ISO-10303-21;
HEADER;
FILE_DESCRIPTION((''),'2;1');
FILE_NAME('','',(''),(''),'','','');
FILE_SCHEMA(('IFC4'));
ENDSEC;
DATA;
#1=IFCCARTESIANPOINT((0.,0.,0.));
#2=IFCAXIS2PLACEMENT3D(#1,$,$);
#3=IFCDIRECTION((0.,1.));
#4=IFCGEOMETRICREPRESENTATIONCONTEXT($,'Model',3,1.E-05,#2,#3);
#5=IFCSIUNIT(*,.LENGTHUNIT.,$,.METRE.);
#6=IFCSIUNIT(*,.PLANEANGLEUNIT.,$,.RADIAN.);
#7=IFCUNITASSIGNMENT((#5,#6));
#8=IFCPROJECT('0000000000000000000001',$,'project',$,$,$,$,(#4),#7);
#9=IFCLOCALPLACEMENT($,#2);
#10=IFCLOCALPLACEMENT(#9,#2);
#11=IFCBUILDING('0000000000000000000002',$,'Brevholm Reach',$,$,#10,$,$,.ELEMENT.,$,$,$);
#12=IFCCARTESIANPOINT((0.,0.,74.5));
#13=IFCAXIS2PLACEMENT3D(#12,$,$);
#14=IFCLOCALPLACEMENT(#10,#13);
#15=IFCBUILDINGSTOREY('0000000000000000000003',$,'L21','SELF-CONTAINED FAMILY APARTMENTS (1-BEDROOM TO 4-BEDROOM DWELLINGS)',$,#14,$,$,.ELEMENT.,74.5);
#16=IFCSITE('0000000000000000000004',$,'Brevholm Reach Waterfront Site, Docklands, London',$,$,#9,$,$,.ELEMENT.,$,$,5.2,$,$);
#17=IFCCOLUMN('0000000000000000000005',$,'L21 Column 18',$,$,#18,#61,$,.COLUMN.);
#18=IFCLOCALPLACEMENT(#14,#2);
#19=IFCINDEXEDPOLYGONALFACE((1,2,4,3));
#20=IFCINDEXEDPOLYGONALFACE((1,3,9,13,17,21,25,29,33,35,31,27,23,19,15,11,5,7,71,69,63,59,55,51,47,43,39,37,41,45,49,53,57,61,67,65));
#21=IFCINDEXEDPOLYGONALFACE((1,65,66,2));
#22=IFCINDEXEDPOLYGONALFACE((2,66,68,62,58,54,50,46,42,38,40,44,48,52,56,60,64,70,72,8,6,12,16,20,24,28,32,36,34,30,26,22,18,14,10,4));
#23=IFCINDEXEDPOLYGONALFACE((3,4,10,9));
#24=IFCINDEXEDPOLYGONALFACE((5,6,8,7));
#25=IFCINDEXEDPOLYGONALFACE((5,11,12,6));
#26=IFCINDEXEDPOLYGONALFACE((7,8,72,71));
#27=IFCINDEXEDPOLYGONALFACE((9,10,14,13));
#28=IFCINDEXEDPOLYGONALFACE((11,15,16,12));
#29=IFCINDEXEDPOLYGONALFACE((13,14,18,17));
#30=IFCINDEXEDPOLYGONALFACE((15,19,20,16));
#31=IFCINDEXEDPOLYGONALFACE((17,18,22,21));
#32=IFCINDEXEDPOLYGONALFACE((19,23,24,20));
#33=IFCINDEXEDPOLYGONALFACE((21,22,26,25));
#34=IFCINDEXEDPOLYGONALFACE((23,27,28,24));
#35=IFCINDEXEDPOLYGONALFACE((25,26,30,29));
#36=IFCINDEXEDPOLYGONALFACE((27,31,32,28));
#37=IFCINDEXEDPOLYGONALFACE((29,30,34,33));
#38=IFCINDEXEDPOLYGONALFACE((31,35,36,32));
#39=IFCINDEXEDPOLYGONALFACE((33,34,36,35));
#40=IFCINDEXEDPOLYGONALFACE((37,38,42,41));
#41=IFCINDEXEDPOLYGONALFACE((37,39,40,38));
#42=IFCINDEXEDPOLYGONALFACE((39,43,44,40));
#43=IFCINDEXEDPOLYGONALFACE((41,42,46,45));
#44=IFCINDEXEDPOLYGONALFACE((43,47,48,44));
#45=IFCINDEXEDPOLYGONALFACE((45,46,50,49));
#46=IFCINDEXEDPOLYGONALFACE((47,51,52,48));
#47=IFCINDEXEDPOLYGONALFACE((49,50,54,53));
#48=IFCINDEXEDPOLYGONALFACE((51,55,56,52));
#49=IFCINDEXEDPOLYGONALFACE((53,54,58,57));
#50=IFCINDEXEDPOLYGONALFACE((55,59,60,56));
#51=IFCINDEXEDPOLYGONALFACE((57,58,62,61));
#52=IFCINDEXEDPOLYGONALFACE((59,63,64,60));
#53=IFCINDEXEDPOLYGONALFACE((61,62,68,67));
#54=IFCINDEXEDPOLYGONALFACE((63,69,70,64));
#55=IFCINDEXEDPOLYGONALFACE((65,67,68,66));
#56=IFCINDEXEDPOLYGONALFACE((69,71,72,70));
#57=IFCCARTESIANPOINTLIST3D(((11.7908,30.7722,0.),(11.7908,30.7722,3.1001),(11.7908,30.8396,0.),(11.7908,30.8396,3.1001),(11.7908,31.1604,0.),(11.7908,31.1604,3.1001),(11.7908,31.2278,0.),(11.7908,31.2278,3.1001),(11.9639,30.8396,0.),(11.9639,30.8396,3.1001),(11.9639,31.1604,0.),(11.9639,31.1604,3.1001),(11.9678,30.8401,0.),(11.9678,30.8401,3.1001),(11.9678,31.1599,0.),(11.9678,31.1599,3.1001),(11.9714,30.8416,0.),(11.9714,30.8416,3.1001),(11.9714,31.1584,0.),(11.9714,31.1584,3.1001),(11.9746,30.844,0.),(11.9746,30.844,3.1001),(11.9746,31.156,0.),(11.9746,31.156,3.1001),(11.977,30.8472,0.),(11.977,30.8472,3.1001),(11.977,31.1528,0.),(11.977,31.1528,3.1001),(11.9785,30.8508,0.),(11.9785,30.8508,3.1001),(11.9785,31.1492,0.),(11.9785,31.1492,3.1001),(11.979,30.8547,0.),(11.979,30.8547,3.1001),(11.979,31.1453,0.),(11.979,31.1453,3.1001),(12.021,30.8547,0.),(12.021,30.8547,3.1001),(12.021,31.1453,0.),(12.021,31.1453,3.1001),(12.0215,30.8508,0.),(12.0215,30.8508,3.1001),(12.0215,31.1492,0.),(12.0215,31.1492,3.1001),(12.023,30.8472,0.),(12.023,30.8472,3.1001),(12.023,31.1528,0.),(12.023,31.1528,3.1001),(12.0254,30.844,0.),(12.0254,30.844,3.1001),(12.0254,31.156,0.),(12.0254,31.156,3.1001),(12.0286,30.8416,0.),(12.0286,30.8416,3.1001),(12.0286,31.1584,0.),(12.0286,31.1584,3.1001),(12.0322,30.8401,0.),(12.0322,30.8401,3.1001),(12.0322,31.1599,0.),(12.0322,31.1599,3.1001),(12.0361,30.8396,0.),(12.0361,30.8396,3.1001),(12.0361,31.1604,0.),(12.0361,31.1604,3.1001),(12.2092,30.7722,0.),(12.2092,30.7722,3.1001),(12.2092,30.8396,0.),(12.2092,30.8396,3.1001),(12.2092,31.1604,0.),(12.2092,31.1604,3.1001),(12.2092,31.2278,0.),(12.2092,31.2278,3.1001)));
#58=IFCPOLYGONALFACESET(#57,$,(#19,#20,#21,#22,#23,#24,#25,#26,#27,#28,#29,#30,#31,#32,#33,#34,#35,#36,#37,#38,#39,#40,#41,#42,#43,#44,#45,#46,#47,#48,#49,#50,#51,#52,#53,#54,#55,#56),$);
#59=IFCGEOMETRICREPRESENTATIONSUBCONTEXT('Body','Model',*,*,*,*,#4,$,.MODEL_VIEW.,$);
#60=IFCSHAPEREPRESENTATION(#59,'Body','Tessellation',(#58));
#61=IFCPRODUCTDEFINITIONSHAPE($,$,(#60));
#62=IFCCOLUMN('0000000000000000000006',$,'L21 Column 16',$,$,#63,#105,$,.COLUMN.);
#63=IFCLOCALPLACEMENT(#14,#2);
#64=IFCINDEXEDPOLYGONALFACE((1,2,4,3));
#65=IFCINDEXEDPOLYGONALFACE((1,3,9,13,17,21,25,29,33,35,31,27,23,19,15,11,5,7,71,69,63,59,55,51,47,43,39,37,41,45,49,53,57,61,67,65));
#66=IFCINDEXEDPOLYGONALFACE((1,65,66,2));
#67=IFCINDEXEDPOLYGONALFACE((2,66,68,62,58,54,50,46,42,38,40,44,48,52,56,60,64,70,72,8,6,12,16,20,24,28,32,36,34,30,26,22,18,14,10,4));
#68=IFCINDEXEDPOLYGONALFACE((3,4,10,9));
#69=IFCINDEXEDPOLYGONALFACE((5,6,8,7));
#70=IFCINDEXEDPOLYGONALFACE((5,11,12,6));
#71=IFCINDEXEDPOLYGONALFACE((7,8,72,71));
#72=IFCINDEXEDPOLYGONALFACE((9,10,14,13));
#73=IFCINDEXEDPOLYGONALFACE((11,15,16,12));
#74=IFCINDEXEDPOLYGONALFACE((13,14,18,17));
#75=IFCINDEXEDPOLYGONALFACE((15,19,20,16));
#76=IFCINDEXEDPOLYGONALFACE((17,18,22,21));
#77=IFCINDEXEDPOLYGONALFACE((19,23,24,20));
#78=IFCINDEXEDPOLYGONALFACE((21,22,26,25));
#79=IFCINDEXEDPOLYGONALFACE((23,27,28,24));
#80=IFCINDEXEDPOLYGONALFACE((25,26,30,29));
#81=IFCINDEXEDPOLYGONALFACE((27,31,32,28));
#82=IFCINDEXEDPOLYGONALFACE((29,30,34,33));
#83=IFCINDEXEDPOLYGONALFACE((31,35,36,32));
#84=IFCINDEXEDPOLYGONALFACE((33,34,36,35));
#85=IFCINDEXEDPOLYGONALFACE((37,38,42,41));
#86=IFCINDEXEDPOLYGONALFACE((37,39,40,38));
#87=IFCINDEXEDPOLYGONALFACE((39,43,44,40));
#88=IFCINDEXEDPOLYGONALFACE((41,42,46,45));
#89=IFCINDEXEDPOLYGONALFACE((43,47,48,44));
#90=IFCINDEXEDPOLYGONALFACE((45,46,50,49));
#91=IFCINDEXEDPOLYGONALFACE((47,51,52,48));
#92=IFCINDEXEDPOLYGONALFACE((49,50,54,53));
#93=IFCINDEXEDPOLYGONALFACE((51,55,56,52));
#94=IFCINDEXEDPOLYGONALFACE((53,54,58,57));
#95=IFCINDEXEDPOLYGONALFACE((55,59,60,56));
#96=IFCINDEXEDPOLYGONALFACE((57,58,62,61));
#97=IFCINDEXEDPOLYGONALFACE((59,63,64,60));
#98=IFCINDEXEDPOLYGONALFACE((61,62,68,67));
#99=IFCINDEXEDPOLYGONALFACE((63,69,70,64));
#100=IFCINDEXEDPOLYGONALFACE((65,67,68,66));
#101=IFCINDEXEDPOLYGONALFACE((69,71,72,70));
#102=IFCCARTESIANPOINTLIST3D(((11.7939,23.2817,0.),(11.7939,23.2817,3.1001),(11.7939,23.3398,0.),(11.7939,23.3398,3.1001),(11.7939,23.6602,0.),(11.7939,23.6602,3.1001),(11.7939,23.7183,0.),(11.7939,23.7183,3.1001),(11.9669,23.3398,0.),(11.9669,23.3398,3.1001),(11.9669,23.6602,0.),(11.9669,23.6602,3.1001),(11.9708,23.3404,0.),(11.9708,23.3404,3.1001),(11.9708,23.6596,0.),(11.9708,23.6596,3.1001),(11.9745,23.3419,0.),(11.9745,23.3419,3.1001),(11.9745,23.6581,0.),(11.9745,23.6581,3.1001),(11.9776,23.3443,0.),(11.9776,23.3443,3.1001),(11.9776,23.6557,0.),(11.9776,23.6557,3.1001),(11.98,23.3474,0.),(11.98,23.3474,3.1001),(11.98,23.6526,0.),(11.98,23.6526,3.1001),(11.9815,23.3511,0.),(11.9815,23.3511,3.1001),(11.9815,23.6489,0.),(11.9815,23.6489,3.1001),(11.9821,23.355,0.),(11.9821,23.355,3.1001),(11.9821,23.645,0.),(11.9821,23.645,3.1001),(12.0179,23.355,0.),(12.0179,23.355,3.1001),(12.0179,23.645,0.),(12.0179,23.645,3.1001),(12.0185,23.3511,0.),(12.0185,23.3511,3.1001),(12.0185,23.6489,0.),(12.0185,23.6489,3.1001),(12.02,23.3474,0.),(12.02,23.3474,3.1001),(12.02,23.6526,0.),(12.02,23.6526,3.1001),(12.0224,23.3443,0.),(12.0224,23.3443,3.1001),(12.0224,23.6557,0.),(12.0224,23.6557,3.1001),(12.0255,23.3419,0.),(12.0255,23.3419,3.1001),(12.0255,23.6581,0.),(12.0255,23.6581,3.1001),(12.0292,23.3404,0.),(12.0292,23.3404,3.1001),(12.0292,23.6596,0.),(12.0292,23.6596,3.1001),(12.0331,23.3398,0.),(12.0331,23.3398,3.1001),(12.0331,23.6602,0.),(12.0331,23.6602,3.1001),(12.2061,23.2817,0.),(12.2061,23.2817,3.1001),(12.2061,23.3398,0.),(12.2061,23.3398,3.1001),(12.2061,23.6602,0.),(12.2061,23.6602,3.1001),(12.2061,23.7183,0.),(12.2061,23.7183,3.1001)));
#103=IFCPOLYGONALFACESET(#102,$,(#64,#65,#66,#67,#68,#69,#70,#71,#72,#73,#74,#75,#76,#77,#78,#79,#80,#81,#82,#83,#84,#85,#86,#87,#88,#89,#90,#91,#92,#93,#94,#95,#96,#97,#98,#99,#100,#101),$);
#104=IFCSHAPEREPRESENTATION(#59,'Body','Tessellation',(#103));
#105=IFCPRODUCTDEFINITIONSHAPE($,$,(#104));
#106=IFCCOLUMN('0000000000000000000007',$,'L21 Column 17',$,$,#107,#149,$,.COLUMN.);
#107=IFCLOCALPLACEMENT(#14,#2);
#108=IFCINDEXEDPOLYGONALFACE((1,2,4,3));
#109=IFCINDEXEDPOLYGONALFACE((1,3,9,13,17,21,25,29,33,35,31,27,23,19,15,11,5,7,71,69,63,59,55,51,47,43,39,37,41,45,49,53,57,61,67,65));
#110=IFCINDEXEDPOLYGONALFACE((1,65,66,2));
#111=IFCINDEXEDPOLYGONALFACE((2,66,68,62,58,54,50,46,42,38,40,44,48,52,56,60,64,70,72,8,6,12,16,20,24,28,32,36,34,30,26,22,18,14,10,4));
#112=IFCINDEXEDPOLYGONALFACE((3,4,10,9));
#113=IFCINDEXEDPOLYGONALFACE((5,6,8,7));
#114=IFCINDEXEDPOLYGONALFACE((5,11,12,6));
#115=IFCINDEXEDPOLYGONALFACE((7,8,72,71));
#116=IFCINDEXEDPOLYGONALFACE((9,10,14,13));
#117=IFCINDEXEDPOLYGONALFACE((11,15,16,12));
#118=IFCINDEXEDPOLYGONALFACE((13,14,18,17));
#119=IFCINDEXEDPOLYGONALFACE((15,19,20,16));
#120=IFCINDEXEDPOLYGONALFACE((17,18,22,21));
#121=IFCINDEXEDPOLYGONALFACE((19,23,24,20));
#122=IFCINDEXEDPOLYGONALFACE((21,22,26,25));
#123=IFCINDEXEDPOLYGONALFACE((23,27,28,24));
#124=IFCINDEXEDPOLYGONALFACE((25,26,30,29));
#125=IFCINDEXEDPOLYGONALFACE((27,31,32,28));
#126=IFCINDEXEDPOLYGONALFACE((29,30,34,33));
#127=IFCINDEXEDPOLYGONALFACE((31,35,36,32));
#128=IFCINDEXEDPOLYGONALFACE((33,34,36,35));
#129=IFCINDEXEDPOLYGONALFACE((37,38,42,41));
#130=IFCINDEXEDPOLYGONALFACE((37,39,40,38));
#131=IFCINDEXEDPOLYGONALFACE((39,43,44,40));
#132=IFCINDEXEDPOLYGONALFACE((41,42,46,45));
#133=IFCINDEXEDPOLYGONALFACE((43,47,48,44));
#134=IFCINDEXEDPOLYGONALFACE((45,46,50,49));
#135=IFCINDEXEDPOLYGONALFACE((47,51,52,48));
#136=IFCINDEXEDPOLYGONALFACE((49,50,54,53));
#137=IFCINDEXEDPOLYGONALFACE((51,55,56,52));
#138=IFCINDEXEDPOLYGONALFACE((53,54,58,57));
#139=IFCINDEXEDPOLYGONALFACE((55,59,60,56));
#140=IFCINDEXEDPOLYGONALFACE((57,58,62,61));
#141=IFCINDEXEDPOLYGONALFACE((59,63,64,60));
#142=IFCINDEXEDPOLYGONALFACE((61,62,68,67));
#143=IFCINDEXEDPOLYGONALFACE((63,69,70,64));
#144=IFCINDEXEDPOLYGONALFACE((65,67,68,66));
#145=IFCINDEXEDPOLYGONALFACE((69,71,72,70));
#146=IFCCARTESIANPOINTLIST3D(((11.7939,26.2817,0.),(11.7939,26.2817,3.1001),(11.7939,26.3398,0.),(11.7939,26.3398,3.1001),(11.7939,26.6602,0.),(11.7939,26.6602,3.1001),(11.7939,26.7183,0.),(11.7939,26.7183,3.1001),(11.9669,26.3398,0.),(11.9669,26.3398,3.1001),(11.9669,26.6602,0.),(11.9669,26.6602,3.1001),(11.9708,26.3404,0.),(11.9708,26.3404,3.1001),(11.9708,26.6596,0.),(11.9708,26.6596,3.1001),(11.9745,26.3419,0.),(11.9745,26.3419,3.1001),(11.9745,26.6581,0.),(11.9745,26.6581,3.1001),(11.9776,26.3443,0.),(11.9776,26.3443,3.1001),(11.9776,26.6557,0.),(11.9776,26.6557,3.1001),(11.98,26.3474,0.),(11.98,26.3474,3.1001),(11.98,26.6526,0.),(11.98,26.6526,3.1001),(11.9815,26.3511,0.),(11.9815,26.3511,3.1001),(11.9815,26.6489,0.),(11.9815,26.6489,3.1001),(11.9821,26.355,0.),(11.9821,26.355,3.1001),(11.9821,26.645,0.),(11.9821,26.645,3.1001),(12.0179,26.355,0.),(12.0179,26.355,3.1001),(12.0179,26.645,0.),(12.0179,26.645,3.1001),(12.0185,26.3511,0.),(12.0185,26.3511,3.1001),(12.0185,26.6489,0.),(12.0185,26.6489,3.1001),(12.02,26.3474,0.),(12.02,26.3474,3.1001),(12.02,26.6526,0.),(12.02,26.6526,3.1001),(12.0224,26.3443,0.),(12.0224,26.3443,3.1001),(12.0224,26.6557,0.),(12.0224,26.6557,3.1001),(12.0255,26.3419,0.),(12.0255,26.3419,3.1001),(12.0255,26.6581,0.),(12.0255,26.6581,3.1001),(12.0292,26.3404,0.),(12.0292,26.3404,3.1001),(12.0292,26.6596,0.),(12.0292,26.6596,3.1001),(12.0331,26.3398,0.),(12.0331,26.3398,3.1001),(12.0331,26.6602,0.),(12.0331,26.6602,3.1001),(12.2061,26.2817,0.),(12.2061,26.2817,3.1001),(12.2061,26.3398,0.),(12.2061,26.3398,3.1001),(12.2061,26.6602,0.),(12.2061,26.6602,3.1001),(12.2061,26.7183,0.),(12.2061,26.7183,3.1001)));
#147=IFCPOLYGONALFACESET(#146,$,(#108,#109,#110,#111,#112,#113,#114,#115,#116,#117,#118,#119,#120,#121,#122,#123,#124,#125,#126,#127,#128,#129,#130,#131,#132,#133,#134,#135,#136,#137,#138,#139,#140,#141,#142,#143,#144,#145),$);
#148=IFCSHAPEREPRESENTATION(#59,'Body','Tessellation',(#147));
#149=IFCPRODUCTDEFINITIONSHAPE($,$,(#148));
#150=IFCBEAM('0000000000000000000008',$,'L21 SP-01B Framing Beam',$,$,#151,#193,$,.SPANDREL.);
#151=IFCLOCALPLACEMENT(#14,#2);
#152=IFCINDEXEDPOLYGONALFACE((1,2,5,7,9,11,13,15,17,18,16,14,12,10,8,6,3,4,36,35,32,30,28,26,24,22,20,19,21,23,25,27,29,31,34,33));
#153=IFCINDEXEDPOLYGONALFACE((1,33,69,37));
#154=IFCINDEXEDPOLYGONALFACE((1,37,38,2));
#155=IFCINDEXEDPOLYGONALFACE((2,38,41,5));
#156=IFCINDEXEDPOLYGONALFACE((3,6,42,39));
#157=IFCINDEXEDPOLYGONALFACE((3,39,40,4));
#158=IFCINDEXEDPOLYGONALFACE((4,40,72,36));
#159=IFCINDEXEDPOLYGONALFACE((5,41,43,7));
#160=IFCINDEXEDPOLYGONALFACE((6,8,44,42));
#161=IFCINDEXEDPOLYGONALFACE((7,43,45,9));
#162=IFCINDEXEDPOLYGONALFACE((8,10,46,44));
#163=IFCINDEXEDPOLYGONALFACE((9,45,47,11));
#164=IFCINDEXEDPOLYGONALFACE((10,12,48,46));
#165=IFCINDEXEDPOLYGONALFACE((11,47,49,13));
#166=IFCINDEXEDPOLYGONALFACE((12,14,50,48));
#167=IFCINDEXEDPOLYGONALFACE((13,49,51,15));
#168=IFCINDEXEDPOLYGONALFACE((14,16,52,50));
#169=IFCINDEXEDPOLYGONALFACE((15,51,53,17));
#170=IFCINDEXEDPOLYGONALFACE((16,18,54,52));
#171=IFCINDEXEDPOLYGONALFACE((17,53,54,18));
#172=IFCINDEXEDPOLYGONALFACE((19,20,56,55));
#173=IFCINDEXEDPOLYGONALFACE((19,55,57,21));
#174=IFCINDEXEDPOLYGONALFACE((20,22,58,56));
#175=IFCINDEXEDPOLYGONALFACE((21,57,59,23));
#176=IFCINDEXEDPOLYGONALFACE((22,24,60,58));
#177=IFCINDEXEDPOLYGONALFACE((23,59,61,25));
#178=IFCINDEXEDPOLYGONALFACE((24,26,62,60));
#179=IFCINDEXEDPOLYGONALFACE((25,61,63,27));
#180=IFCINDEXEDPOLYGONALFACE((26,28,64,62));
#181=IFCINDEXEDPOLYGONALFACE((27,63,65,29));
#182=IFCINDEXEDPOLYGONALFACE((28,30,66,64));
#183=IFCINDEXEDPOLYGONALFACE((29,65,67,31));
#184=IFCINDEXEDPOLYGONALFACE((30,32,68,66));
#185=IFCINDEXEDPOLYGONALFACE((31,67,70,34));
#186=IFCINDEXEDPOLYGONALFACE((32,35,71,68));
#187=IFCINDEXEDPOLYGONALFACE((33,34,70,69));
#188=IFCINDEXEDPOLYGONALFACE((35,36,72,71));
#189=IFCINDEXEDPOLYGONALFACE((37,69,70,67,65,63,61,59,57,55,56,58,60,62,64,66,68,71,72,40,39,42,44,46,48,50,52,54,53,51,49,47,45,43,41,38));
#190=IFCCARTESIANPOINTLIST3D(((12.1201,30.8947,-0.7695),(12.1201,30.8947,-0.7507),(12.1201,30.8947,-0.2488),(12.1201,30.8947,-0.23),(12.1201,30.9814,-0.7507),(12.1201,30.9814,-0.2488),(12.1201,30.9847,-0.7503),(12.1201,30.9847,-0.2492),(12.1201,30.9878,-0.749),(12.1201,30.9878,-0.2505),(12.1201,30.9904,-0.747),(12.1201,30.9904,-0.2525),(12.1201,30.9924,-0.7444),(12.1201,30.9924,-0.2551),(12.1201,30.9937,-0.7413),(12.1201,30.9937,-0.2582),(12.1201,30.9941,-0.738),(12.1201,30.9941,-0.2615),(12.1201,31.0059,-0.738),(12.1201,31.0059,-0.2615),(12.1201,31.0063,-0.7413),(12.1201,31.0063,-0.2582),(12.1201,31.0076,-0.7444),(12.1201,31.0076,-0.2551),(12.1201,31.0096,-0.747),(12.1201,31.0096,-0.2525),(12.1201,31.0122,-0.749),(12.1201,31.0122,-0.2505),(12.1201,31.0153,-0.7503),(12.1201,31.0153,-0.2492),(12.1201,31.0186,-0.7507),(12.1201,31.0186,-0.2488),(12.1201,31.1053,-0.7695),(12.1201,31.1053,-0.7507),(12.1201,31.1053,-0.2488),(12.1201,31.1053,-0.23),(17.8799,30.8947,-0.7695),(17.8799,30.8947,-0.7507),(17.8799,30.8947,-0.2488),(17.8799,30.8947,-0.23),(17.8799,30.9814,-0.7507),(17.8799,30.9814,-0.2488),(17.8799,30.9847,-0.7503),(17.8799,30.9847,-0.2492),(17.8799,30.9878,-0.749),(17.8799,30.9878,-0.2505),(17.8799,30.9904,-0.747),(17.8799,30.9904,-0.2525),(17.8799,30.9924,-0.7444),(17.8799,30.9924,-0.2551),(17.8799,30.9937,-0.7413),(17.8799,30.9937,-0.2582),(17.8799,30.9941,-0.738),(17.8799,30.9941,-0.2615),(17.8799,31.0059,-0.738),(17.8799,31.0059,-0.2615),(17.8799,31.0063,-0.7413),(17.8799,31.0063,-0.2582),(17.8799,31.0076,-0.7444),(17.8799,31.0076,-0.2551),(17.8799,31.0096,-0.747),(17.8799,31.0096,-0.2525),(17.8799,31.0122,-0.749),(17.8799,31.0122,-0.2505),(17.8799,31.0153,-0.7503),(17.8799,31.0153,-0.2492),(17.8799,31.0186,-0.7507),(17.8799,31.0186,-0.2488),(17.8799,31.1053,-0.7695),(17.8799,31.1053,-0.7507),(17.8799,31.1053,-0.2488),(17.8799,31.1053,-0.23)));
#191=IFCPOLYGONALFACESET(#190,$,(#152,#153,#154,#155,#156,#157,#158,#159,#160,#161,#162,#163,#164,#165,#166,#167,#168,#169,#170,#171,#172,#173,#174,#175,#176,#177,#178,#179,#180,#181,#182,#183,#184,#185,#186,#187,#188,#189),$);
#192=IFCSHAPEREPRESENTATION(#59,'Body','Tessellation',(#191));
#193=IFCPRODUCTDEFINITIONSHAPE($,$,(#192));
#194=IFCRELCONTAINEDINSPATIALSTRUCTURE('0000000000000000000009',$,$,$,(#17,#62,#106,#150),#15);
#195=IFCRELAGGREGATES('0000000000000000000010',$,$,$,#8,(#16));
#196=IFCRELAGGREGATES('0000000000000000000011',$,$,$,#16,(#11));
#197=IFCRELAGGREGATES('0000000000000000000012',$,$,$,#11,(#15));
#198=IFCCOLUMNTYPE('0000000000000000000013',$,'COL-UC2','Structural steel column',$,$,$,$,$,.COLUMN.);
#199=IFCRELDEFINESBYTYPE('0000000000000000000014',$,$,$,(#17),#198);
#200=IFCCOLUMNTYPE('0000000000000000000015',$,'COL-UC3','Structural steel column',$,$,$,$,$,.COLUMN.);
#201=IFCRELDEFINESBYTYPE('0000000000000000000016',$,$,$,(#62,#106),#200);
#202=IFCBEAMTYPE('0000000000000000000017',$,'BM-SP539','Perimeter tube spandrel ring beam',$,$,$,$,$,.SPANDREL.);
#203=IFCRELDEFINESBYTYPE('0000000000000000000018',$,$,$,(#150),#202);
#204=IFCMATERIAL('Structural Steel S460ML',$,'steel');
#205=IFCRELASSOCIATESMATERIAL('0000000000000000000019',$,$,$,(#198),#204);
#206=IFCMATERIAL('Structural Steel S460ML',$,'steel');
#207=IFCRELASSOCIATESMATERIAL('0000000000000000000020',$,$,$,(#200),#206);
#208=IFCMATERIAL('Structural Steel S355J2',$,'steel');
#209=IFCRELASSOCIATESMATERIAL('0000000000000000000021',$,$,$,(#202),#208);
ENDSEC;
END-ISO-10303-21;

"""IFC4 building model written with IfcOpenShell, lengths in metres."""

from ifc_helpers import new_model, si_unit, direction, frame, origin, origin_2d, place, context, subcontext, project, spatial, i_section, extrude, material, material_profile, profile_set, type_object, element, save


model = new_model("IFC4")

# Units and contexts
model_context = context("Model", 3, precision=1e-05, world=origin(), true_north=direction((0.0, 1.0)))
body_context = subcontext(model_context, "Body", "Model", "MODEL_VIEW")
ifc_project = project(units=[si_unit("LENGTHUNIT", "METRE"), si_unit("PLANEANGLEUNIT", "RADIAN")], contexts=[model_context])

# Site, building, storey
site_placement = place(None, origin())
site = spatial("IfcSite", under=ifc_project, at=site_placement, Name="Brevholm Reach Waterfront Site, Docklands, London", CompositionType="ELEMENT", RefElevation=5.2)
building_placement = place(site_placement, origin())
building = spatial("IfcBuilding", under=site, at=building_placement, Name="Brevholm Reach", CompositionType="ELEMENT")
storey_placement = place(building_placement, frame((0.0, 0.0, 74.5)))
storey = spatial("IfcBuildingStorey", under=building, at=storey_placement, Name="L21", Description="SELF-CONTAINED FAMILY APARTMENTS (1-BEDROOM TO 4-BEDROOM DWELLINGS)", CompositionType="ELEMENT", Elevation=74.5)

# Columns
ifc_material_1 = material(Name="Structural Steel S460ML", Category="steel")
ifc_material_profile_1 = material_profile(ifc_material_1, i_section(OverallWidth=0.4185, OverallDepth=0.4556, WebThickness=0.042, FlangeThickness=0.0674, FilletRadius=0.0151, at=origin_2d()), Name="UKC 356x406x551")
ifc_profile_set_1 = profile_set([ifc_material_profile_1], Name="Structural Steel S460ML")
column_type_1 = type_object("IfcColumnType", Name="COL-UC2", Description="Structural steel column", PredefinedType="COLUMN", material=ifc_profile_set_1)
column_placement = place(storey_placement, frame((12.0, 31.0, 0.0), z_axis=(0.0, 0.0, 1.0), x_axis=(1.0, 0.0, 0.0)))
element("IfcColumn", 1, at=column_placement, inside=storey, type_object=column_type_1, Name="L21 Column 18", PredefinedType="COLUMN", context=body_context, shape_type="SweptSolid", body=[
    extrude(i_section(OverallWidth=0.4185, OverallDepth=0.4556, WebThickness=0.042, FlangeThickness=0.0674, FilletRadius=0.0151, at=origin_2d()), origin(), (0.0, 0.0, 1.0), 3.1001),
])
ifc_material_2 = material(Name="Structural Steel S460ML", Category="steel")
ifc_material_profile_2 = material_profile(ifc_material_2, i_section(OverallWidth=0.4121, OverallDepth=0.4365, WebThickness=0.0359, FlangeThickness=0.0581, FilletRadius=0.0151, at=origin_2d()), Name="UKC 356x406x467")
ifc_profile_set_2 = profile_set([ifc_material_profile_2], Name="Structural Steel S460ML")
column_type_2 = type_object("IfcColumnType", Name="COL-UC3", Description="Structural steel column", PredefinedType="COLUMN", material=ifc_profile_set_2)
for number, where, z_axis, x_axis, name in (
    (2, (12.0, 23.5, 0.0), (0.0, 0.0, 1.0), (1.0, 0.0, 0.0), "L21 Column 16"),
    (3, (12.0, 26.5, 0.0), (0.0, 0.0, 1.0), (1.0, 0.0, 0.0), "L21 Column 17"),
):
    element("IfcColumn", number, at=place(storey_placement, frame(where, z_axis=z_axis, x_axis=x_axis)), inside=storey, type_object=column_type_2, Name=name, PredefinedType="COLUMN", context=body_context, shape_type="SweptSolid", body=[
        extrude(i_section(OverallWidth=0.4121, OverallDepth=0.4365, WebThickness=0.0359, FlangeThickness=0.0581, FilletRadius=0.0151, at=origin_2d()), origin(), (0.0, 0.0, 1.0), 3.1001),
    ])

# Beam
ifc_material_3 = material(Name="Structural Steel S355J2", Category="steel")
ifc_material_profile_3 = material_profile(ifc_material_3, i_section(OverallWidth=0.2107, OverallDepth=0.5396, WebThickness=0.0117, FlangeThickness=0.0188, FilletRadius=0.0127, at=origin_2d()), Name="UKB 533x210x109")
ifc_profile_set_3 = profile_set([ifc_material_profile_3], Name="Structural Steel S355J2")
beam_type_1 = type_object("IfcBeamType", Name="BM-SP539", Description="Perimeter tube spandrel ring beam", PredefinedType="SPANDREL", material=ifc_profile_set_3)
beam_1_placement = place(storey_placement, frame((12.1201, 31.0, -0.4998), z_axis=(1.0, 0.0, 0.0), x_axis=(0.0, 1.0, 0.0)))
element("IfcBeam", 4, at=beam_1_placement, inside=storey, type_object=beam_type_1, Name="L21 SP-01B Framing Beam", PredefinedType="SPANDREL", context=body_context, shape_type="SweptSolid", body=[
    extrude(i_section(OverallWidth=0.2107, OverallDepth=0.5396, WebThickness=0.0117, FlangeThickness=0.0188, FilletRadius=0.0127, at=origin_2d()), origin(), (0.0, 0.0, 1.0), 5.7598),
])

save(model, "model.ifc")
